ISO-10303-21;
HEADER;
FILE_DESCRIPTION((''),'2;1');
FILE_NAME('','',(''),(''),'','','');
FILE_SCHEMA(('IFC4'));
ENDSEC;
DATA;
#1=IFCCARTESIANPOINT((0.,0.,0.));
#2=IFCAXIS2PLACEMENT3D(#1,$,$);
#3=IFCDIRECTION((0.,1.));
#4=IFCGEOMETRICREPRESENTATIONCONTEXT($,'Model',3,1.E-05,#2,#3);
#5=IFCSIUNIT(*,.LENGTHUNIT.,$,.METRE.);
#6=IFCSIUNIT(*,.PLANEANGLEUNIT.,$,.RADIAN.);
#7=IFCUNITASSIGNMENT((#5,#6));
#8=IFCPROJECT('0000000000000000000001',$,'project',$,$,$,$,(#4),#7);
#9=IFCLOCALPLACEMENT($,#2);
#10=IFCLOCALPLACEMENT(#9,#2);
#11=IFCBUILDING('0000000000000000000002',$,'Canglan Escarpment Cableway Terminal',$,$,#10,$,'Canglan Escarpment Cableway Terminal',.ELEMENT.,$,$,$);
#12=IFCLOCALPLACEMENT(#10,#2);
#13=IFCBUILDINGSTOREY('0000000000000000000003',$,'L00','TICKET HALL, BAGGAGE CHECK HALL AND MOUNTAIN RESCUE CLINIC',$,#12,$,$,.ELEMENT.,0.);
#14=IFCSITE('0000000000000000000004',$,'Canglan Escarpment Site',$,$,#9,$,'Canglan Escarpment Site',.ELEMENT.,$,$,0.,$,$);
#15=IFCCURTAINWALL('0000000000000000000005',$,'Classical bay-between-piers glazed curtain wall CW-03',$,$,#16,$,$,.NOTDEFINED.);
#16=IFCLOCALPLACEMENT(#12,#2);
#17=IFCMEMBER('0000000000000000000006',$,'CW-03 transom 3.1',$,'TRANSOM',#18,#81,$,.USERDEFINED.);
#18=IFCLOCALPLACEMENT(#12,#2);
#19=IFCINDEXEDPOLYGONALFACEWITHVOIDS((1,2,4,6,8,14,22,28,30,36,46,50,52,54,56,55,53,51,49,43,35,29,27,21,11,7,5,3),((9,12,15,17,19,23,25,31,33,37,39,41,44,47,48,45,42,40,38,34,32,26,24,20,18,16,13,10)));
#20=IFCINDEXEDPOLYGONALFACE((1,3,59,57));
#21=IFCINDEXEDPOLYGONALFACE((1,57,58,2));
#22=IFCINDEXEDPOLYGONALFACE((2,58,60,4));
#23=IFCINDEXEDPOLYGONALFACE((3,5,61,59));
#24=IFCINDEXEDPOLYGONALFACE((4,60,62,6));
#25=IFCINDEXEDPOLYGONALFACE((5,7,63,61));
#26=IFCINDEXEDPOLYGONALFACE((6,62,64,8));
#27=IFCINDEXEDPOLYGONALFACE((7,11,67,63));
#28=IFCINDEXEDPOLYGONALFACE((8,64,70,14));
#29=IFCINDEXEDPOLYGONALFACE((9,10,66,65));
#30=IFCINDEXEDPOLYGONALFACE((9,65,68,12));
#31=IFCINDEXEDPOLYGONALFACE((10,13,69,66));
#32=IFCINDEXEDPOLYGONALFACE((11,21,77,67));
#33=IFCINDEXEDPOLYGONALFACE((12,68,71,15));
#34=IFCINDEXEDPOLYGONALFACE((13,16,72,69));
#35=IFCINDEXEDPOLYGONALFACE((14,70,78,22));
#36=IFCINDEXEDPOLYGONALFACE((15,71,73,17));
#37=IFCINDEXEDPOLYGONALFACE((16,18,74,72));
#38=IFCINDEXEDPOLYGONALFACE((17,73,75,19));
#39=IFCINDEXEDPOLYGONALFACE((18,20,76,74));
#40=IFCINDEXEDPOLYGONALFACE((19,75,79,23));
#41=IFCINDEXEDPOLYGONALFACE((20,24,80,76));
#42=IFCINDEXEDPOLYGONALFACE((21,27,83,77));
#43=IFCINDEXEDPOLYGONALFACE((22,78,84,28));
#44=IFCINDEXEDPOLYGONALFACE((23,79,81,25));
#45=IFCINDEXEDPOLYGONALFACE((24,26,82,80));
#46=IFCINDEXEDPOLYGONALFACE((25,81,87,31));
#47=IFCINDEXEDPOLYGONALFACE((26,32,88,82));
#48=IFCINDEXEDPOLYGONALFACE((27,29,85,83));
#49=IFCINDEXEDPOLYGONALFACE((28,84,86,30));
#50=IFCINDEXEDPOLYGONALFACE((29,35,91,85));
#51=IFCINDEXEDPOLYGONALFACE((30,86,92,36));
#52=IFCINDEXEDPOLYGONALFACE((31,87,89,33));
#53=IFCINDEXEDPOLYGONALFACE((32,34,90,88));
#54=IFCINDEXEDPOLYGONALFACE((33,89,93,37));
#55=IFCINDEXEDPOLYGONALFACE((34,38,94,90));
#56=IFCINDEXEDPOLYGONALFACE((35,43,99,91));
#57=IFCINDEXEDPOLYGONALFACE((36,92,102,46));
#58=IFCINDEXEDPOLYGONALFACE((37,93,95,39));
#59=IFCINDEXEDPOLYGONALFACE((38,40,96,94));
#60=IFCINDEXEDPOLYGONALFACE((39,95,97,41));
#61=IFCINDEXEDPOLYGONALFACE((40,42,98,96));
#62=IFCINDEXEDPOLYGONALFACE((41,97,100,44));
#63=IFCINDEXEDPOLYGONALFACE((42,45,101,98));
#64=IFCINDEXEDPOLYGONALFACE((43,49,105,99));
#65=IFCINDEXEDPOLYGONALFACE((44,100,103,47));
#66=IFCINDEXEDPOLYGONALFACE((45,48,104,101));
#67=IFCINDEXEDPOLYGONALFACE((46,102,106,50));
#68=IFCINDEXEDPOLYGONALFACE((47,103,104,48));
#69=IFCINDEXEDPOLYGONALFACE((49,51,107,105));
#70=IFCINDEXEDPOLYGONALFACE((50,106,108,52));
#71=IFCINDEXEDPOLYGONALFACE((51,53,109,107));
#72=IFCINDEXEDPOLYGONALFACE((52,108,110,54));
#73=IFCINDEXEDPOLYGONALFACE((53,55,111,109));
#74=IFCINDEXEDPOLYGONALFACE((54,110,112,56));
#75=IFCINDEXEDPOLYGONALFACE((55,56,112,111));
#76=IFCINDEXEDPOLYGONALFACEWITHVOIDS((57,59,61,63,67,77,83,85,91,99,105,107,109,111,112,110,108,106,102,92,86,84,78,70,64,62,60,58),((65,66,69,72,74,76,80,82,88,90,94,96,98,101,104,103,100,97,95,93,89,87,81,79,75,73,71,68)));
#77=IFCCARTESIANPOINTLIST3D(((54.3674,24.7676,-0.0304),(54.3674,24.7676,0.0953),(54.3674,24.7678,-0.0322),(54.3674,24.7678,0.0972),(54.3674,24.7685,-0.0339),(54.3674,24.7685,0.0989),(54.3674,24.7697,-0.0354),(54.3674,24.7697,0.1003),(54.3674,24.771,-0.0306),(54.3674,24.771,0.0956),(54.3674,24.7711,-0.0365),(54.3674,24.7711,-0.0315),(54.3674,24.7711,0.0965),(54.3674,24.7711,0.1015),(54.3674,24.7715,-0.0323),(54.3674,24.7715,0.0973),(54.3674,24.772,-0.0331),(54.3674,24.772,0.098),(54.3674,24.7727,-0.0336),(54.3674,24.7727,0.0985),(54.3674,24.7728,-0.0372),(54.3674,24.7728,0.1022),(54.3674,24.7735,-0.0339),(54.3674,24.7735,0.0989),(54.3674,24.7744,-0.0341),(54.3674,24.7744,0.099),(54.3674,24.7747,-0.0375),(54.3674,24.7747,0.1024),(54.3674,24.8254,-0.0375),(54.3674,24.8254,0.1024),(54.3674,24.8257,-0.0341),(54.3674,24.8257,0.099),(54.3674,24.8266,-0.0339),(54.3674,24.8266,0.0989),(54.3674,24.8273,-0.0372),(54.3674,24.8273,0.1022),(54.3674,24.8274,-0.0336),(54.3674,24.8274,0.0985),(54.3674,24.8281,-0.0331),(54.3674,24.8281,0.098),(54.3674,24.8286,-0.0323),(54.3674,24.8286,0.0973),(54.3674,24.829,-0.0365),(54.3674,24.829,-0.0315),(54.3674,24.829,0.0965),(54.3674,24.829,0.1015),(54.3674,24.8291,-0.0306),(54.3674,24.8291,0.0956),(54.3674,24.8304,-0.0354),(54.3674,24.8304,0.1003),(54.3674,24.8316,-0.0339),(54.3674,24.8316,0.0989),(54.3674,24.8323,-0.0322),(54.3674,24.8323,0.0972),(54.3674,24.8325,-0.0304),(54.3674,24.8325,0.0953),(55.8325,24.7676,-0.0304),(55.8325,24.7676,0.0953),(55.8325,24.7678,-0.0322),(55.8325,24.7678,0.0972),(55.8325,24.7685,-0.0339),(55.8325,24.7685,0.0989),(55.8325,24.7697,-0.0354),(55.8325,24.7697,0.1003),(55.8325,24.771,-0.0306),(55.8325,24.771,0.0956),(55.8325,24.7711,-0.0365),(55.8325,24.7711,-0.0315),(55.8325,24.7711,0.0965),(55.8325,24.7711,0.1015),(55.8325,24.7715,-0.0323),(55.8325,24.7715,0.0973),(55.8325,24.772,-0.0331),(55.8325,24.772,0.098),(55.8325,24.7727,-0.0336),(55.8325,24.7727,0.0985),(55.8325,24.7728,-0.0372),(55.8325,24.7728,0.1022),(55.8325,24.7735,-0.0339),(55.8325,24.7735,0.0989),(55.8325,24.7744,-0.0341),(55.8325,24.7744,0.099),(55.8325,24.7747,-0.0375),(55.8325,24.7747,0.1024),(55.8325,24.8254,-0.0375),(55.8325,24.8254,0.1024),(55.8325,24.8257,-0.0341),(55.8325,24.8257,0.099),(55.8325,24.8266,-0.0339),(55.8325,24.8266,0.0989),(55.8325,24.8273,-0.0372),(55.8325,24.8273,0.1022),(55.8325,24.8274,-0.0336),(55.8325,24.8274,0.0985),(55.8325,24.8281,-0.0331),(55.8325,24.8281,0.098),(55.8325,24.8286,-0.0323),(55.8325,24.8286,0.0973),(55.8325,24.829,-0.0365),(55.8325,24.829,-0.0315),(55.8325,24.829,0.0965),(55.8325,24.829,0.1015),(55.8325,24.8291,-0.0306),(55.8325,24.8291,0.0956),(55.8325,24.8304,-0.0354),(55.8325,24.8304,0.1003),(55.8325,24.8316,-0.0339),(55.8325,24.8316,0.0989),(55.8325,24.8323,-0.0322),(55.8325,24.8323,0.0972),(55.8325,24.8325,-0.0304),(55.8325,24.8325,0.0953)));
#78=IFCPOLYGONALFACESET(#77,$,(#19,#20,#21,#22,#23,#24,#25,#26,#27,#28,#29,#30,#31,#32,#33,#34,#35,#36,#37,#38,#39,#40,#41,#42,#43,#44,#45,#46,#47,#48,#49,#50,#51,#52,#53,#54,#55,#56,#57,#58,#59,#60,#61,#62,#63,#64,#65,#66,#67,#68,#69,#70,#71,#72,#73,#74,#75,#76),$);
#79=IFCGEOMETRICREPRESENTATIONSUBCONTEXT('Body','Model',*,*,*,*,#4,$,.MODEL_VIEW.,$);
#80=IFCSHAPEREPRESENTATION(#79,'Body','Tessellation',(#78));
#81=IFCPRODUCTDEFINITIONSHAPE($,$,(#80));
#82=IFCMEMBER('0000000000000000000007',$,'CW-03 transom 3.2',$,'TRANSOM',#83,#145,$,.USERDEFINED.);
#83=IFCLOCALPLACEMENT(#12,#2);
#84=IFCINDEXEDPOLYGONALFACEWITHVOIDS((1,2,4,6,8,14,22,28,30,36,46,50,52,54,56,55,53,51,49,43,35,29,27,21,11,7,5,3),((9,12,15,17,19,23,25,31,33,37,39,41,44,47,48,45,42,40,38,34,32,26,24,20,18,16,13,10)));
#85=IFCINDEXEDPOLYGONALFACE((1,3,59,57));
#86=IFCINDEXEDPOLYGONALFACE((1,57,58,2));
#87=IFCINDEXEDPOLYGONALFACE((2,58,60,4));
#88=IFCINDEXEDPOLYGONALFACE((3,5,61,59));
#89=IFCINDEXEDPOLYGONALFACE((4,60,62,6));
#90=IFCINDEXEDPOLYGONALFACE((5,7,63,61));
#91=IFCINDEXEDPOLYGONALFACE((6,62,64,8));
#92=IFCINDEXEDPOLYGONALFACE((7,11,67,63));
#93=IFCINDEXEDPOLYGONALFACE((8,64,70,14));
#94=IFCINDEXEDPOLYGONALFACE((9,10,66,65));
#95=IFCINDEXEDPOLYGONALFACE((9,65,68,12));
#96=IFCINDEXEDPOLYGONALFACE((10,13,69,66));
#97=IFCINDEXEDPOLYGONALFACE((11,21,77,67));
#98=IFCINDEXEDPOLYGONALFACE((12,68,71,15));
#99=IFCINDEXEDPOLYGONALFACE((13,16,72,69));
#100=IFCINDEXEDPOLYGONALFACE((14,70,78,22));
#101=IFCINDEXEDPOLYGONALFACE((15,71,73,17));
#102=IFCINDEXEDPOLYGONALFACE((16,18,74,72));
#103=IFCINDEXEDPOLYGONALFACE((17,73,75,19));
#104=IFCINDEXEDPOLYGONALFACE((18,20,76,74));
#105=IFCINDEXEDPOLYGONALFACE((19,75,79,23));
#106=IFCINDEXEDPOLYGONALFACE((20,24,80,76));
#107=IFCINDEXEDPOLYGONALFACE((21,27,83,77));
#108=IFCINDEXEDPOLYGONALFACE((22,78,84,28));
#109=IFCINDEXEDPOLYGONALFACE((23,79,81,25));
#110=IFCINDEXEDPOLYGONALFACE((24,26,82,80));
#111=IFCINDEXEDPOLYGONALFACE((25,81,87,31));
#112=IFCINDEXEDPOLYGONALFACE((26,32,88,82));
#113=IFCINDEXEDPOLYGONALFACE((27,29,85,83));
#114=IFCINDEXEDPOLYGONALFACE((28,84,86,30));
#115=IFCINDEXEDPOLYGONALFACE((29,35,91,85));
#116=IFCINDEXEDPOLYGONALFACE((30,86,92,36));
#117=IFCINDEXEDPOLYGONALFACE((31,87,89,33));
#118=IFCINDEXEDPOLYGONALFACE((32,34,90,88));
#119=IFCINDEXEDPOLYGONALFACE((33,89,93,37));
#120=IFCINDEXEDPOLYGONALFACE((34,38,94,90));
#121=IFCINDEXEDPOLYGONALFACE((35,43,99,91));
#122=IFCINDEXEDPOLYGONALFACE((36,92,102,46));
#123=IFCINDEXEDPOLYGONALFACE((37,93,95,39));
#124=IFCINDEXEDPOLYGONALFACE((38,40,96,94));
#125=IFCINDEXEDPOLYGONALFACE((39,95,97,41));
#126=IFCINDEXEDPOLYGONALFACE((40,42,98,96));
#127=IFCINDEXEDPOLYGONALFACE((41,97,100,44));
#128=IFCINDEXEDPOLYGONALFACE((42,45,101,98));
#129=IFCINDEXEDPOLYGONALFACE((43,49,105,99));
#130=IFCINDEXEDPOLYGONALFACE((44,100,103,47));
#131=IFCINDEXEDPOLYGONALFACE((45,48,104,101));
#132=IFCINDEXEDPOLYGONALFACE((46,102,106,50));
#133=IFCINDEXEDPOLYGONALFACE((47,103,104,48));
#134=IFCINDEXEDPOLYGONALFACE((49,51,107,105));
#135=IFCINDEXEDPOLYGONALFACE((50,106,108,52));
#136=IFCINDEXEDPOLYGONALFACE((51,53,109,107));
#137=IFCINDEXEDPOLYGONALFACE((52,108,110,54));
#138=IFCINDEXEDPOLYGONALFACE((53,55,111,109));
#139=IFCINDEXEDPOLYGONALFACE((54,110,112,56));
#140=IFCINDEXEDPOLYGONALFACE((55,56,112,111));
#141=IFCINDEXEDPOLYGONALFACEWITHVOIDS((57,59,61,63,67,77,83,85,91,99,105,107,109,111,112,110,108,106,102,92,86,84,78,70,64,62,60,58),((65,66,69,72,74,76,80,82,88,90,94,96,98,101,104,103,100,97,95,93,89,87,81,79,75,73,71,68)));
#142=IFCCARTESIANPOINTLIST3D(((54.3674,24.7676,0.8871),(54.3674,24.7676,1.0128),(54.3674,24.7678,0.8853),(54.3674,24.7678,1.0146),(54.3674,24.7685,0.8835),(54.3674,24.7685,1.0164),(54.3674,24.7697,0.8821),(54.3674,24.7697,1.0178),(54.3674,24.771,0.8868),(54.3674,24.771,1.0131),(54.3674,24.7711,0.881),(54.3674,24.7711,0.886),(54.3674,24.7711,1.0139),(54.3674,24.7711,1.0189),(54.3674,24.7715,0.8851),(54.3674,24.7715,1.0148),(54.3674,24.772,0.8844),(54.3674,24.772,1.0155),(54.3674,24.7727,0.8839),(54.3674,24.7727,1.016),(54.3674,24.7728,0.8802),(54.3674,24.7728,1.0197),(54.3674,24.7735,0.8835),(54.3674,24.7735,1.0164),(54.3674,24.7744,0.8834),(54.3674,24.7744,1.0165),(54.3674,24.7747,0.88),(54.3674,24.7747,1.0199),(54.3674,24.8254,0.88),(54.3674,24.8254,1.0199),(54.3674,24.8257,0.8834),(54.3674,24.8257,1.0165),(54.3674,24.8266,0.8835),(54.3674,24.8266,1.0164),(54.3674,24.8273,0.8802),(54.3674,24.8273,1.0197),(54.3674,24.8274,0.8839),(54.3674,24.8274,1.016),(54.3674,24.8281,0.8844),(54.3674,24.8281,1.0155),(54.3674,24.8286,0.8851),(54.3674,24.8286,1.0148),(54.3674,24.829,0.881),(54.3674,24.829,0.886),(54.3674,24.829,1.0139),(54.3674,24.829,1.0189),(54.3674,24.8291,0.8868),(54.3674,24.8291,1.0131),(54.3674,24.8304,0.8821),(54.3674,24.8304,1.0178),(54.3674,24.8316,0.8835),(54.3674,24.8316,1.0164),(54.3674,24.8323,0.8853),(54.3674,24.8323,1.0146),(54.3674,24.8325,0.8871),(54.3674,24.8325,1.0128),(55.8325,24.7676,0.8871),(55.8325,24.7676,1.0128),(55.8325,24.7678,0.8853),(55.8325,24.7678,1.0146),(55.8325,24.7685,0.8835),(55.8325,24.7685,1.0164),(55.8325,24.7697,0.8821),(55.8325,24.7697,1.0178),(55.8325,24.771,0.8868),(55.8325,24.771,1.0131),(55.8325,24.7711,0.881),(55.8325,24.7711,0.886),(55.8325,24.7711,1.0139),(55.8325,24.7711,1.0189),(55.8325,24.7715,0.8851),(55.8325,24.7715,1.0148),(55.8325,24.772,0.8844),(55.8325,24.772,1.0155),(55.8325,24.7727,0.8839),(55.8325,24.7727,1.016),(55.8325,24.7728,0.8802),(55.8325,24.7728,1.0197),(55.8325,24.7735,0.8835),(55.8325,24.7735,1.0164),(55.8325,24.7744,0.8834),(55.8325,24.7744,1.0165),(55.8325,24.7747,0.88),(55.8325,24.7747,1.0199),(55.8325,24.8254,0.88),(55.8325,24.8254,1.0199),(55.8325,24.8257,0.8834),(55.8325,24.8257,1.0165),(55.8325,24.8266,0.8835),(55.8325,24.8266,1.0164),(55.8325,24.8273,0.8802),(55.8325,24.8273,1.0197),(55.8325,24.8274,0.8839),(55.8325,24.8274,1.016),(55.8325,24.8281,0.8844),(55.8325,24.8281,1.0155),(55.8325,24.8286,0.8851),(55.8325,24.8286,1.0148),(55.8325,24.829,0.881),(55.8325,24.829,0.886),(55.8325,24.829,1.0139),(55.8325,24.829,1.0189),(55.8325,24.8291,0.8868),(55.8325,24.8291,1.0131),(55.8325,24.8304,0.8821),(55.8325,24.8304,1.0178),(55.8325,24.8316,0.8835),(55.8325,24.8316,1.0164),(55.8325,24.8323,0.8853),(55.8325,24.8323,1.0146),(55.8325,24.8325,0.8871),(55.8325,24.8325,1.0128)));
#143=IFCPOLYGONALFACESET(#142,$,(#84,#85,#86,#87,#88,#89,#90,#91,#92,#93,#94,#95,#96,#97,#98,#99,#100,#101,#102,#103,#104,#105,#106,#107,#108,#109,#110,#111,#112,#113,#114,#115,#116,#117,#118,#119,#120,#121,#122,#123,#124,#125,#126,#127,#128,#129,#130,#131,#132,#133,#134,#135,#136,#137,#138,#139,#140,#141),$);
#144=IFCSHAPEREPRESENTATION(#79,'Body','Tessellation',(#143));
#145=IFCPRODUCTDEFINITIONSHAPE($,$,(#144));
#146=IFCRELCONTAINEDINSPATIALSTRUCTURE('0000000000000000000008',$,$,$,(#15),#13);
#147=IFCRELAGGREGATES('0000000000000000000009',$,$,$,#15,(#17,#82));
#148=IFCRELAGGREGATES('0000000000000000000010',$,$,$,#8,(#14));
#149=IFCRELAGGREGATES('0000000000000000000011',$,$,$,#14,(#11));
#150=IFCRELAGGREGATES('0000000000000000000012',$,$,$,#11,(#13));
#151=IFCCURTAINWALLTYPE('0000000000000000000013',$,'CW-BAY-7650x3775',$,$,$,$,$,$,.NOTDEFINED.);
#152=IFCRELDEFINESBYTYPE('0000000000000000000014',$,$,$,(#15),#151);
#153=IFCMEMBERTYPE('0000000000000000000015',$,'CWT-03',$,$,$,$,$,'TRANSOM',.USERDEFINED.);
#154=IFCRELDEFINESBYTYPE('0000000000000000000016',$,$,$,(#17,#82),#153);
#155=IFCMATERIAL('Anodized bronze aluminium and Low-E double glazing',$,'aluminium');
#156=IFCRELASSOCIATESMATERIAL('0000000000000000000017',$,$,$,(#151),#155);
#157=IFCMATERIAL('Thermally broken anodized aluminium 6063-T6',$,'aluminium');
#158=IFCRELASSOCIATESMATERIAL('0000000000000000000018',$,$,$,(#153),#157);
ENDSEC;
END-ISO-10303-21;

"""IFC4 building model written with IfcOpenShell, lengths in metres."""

from ifc_helpers import new_model, si_unit, direction, frame, origin, origin_2d, place, context, subcontext, project, spatial, hollow_rectangle, extrude, material, material_profile, profile_set, type_object, element, aggregate, save


model = new_model("IFC4")

# Units and contexts
model_context = context("Model", 3, precision=1e-05, world=origin(), true_north=direction((0.0, 1.0)))
body_context = subcontext(model_context, "Body", "Model", "MODEL_VIEW")
ifc_project = project(units=[si_unit("LENGTHUNIT", "METRE"), si_unit("PLANEANGLEUNIT", "RADIAN")], contexts=[model_context])

# Site, building, storey
site_placement = place(None, origin())
site = spatial("IfcSite", under=ifc_project, at=site_placement, Name="Canglan Escarpment Site", LongName="Canglan Escarpment Site", CompositionType="ELEMENT", RefElevation=0.0)
building_placement = place(site_placement, origin())
building = spatial("IfcBuilding", under=site, at=building_placement, Name="Canglan Escarpment Cableway Terminal", LongName="Canglan Escarpment Cableway Terminal", CompositionType="ELEMENT")
storey_placement = place(building_placement, origin())
storey = spatial("IfcBuildingStorey", under=building, at=storey_placement, Name="L00", Description="TICKET HALL, BAGGAGE CHECK HALL AND MOUNTAIN RESCUE CLINIC", CompositionType="ELEMENT", Elevation=0.0)

# Curtain wall, members
ifc_material_1 = material(Name="Anodized bronze aluminium and Low-E double glazing", Category="aluminium")
curtain_wall_type = type_object("IfcCurtainWallType", Name="CW-BAY-7650x3775", PredefinedType="NOTDEFINED", material=ifc_material_1)
curtain_wall_placement = place(storey_placement, origin())
curtain_wall = element("IfcCurtainWall", 1, at=curtain_wall_placement, inside=storey, type_object=curtain_wall_type, Name="Classical bay-between-piers glazed curtain wall CW-03", PredefinedType="NOTDEFINED")
ifc_material_2 = material(Name="Thermally broken anodized aluminium 6063-T6", Category="aluminium")
ifc_material_profile_1 = material_profile(ifc_material_2, hollow_rectangle(XDim=0.0649, YDim=0.1399, WallThickness=0.0034, InnerFilletRadius=0.0034, OuterFilletRadius=0.0071, at=origin_2d()), Name="ALU-TRAN 65x140x3.5")
ifc_profile_set_1 = profile_set([ifc_material_profile_1], Name="Thermally broken anodized aluminium 6063-T6")
member_type_1 = type_object("IfcMemberType", Name="CWT-03", ElementType="TRANSOM", PredefinedType="USERDEFINED", material=ifc_profile_set_1)
member_1_placement = place(storey_placement, frame((55.8325, 24.8, 0.0325), z_axis=(-1.0, 0.0, 0.0), x_axis=(0.0, -1.0, 0.0)))
member_1 = element("IfcMember", 2, at=member_1_placement, type_object=member_type_1, Name="CW-03 transom 3.1", ObjectType="TRANSOM", PredefinedType="USERDEFINED", context=body_context, shape_type="SweptSolid", body=[
    extrude(hollow_rectangle(XDim=0.0649, YDim=0.1399, WallThickness=0.0034, InnerFilletRadius=0.0034, OuterFilletRadius=0.0071, at=origin_2d()), origin(), (0.0, 0.0, 1.0), 1.4651),
])
member_2_placement = place(storey_placement, frame((55.8325, 24.8, 0.95), z_axis=(-1.0, 0.0, 0.0), x_axis=(0.0, -1.0, 0.0)))
member_2 = element("IfcMember", 3, at=member_2_placement, type_object=member_type_1, Name="CW-03 transom 3.2", ObjectType="TRANSOM", PredefinedType="USERDEFINED", context=body_context, shape_type="SweptSolid", body=[
    extrude(hollow_rectangle(XDim=0.0649, YDim=0.1399, WallThickness=0.0034, InnerFilletRadius=0.0034, OuterFilletRadius=0.0071, at=origin_2d()), origin(), (0.0, 0.0, 1.0), 1.4651),
])
aggregate(curtain_wall, [member_1, member_2])

save(model, "model.ifc")
